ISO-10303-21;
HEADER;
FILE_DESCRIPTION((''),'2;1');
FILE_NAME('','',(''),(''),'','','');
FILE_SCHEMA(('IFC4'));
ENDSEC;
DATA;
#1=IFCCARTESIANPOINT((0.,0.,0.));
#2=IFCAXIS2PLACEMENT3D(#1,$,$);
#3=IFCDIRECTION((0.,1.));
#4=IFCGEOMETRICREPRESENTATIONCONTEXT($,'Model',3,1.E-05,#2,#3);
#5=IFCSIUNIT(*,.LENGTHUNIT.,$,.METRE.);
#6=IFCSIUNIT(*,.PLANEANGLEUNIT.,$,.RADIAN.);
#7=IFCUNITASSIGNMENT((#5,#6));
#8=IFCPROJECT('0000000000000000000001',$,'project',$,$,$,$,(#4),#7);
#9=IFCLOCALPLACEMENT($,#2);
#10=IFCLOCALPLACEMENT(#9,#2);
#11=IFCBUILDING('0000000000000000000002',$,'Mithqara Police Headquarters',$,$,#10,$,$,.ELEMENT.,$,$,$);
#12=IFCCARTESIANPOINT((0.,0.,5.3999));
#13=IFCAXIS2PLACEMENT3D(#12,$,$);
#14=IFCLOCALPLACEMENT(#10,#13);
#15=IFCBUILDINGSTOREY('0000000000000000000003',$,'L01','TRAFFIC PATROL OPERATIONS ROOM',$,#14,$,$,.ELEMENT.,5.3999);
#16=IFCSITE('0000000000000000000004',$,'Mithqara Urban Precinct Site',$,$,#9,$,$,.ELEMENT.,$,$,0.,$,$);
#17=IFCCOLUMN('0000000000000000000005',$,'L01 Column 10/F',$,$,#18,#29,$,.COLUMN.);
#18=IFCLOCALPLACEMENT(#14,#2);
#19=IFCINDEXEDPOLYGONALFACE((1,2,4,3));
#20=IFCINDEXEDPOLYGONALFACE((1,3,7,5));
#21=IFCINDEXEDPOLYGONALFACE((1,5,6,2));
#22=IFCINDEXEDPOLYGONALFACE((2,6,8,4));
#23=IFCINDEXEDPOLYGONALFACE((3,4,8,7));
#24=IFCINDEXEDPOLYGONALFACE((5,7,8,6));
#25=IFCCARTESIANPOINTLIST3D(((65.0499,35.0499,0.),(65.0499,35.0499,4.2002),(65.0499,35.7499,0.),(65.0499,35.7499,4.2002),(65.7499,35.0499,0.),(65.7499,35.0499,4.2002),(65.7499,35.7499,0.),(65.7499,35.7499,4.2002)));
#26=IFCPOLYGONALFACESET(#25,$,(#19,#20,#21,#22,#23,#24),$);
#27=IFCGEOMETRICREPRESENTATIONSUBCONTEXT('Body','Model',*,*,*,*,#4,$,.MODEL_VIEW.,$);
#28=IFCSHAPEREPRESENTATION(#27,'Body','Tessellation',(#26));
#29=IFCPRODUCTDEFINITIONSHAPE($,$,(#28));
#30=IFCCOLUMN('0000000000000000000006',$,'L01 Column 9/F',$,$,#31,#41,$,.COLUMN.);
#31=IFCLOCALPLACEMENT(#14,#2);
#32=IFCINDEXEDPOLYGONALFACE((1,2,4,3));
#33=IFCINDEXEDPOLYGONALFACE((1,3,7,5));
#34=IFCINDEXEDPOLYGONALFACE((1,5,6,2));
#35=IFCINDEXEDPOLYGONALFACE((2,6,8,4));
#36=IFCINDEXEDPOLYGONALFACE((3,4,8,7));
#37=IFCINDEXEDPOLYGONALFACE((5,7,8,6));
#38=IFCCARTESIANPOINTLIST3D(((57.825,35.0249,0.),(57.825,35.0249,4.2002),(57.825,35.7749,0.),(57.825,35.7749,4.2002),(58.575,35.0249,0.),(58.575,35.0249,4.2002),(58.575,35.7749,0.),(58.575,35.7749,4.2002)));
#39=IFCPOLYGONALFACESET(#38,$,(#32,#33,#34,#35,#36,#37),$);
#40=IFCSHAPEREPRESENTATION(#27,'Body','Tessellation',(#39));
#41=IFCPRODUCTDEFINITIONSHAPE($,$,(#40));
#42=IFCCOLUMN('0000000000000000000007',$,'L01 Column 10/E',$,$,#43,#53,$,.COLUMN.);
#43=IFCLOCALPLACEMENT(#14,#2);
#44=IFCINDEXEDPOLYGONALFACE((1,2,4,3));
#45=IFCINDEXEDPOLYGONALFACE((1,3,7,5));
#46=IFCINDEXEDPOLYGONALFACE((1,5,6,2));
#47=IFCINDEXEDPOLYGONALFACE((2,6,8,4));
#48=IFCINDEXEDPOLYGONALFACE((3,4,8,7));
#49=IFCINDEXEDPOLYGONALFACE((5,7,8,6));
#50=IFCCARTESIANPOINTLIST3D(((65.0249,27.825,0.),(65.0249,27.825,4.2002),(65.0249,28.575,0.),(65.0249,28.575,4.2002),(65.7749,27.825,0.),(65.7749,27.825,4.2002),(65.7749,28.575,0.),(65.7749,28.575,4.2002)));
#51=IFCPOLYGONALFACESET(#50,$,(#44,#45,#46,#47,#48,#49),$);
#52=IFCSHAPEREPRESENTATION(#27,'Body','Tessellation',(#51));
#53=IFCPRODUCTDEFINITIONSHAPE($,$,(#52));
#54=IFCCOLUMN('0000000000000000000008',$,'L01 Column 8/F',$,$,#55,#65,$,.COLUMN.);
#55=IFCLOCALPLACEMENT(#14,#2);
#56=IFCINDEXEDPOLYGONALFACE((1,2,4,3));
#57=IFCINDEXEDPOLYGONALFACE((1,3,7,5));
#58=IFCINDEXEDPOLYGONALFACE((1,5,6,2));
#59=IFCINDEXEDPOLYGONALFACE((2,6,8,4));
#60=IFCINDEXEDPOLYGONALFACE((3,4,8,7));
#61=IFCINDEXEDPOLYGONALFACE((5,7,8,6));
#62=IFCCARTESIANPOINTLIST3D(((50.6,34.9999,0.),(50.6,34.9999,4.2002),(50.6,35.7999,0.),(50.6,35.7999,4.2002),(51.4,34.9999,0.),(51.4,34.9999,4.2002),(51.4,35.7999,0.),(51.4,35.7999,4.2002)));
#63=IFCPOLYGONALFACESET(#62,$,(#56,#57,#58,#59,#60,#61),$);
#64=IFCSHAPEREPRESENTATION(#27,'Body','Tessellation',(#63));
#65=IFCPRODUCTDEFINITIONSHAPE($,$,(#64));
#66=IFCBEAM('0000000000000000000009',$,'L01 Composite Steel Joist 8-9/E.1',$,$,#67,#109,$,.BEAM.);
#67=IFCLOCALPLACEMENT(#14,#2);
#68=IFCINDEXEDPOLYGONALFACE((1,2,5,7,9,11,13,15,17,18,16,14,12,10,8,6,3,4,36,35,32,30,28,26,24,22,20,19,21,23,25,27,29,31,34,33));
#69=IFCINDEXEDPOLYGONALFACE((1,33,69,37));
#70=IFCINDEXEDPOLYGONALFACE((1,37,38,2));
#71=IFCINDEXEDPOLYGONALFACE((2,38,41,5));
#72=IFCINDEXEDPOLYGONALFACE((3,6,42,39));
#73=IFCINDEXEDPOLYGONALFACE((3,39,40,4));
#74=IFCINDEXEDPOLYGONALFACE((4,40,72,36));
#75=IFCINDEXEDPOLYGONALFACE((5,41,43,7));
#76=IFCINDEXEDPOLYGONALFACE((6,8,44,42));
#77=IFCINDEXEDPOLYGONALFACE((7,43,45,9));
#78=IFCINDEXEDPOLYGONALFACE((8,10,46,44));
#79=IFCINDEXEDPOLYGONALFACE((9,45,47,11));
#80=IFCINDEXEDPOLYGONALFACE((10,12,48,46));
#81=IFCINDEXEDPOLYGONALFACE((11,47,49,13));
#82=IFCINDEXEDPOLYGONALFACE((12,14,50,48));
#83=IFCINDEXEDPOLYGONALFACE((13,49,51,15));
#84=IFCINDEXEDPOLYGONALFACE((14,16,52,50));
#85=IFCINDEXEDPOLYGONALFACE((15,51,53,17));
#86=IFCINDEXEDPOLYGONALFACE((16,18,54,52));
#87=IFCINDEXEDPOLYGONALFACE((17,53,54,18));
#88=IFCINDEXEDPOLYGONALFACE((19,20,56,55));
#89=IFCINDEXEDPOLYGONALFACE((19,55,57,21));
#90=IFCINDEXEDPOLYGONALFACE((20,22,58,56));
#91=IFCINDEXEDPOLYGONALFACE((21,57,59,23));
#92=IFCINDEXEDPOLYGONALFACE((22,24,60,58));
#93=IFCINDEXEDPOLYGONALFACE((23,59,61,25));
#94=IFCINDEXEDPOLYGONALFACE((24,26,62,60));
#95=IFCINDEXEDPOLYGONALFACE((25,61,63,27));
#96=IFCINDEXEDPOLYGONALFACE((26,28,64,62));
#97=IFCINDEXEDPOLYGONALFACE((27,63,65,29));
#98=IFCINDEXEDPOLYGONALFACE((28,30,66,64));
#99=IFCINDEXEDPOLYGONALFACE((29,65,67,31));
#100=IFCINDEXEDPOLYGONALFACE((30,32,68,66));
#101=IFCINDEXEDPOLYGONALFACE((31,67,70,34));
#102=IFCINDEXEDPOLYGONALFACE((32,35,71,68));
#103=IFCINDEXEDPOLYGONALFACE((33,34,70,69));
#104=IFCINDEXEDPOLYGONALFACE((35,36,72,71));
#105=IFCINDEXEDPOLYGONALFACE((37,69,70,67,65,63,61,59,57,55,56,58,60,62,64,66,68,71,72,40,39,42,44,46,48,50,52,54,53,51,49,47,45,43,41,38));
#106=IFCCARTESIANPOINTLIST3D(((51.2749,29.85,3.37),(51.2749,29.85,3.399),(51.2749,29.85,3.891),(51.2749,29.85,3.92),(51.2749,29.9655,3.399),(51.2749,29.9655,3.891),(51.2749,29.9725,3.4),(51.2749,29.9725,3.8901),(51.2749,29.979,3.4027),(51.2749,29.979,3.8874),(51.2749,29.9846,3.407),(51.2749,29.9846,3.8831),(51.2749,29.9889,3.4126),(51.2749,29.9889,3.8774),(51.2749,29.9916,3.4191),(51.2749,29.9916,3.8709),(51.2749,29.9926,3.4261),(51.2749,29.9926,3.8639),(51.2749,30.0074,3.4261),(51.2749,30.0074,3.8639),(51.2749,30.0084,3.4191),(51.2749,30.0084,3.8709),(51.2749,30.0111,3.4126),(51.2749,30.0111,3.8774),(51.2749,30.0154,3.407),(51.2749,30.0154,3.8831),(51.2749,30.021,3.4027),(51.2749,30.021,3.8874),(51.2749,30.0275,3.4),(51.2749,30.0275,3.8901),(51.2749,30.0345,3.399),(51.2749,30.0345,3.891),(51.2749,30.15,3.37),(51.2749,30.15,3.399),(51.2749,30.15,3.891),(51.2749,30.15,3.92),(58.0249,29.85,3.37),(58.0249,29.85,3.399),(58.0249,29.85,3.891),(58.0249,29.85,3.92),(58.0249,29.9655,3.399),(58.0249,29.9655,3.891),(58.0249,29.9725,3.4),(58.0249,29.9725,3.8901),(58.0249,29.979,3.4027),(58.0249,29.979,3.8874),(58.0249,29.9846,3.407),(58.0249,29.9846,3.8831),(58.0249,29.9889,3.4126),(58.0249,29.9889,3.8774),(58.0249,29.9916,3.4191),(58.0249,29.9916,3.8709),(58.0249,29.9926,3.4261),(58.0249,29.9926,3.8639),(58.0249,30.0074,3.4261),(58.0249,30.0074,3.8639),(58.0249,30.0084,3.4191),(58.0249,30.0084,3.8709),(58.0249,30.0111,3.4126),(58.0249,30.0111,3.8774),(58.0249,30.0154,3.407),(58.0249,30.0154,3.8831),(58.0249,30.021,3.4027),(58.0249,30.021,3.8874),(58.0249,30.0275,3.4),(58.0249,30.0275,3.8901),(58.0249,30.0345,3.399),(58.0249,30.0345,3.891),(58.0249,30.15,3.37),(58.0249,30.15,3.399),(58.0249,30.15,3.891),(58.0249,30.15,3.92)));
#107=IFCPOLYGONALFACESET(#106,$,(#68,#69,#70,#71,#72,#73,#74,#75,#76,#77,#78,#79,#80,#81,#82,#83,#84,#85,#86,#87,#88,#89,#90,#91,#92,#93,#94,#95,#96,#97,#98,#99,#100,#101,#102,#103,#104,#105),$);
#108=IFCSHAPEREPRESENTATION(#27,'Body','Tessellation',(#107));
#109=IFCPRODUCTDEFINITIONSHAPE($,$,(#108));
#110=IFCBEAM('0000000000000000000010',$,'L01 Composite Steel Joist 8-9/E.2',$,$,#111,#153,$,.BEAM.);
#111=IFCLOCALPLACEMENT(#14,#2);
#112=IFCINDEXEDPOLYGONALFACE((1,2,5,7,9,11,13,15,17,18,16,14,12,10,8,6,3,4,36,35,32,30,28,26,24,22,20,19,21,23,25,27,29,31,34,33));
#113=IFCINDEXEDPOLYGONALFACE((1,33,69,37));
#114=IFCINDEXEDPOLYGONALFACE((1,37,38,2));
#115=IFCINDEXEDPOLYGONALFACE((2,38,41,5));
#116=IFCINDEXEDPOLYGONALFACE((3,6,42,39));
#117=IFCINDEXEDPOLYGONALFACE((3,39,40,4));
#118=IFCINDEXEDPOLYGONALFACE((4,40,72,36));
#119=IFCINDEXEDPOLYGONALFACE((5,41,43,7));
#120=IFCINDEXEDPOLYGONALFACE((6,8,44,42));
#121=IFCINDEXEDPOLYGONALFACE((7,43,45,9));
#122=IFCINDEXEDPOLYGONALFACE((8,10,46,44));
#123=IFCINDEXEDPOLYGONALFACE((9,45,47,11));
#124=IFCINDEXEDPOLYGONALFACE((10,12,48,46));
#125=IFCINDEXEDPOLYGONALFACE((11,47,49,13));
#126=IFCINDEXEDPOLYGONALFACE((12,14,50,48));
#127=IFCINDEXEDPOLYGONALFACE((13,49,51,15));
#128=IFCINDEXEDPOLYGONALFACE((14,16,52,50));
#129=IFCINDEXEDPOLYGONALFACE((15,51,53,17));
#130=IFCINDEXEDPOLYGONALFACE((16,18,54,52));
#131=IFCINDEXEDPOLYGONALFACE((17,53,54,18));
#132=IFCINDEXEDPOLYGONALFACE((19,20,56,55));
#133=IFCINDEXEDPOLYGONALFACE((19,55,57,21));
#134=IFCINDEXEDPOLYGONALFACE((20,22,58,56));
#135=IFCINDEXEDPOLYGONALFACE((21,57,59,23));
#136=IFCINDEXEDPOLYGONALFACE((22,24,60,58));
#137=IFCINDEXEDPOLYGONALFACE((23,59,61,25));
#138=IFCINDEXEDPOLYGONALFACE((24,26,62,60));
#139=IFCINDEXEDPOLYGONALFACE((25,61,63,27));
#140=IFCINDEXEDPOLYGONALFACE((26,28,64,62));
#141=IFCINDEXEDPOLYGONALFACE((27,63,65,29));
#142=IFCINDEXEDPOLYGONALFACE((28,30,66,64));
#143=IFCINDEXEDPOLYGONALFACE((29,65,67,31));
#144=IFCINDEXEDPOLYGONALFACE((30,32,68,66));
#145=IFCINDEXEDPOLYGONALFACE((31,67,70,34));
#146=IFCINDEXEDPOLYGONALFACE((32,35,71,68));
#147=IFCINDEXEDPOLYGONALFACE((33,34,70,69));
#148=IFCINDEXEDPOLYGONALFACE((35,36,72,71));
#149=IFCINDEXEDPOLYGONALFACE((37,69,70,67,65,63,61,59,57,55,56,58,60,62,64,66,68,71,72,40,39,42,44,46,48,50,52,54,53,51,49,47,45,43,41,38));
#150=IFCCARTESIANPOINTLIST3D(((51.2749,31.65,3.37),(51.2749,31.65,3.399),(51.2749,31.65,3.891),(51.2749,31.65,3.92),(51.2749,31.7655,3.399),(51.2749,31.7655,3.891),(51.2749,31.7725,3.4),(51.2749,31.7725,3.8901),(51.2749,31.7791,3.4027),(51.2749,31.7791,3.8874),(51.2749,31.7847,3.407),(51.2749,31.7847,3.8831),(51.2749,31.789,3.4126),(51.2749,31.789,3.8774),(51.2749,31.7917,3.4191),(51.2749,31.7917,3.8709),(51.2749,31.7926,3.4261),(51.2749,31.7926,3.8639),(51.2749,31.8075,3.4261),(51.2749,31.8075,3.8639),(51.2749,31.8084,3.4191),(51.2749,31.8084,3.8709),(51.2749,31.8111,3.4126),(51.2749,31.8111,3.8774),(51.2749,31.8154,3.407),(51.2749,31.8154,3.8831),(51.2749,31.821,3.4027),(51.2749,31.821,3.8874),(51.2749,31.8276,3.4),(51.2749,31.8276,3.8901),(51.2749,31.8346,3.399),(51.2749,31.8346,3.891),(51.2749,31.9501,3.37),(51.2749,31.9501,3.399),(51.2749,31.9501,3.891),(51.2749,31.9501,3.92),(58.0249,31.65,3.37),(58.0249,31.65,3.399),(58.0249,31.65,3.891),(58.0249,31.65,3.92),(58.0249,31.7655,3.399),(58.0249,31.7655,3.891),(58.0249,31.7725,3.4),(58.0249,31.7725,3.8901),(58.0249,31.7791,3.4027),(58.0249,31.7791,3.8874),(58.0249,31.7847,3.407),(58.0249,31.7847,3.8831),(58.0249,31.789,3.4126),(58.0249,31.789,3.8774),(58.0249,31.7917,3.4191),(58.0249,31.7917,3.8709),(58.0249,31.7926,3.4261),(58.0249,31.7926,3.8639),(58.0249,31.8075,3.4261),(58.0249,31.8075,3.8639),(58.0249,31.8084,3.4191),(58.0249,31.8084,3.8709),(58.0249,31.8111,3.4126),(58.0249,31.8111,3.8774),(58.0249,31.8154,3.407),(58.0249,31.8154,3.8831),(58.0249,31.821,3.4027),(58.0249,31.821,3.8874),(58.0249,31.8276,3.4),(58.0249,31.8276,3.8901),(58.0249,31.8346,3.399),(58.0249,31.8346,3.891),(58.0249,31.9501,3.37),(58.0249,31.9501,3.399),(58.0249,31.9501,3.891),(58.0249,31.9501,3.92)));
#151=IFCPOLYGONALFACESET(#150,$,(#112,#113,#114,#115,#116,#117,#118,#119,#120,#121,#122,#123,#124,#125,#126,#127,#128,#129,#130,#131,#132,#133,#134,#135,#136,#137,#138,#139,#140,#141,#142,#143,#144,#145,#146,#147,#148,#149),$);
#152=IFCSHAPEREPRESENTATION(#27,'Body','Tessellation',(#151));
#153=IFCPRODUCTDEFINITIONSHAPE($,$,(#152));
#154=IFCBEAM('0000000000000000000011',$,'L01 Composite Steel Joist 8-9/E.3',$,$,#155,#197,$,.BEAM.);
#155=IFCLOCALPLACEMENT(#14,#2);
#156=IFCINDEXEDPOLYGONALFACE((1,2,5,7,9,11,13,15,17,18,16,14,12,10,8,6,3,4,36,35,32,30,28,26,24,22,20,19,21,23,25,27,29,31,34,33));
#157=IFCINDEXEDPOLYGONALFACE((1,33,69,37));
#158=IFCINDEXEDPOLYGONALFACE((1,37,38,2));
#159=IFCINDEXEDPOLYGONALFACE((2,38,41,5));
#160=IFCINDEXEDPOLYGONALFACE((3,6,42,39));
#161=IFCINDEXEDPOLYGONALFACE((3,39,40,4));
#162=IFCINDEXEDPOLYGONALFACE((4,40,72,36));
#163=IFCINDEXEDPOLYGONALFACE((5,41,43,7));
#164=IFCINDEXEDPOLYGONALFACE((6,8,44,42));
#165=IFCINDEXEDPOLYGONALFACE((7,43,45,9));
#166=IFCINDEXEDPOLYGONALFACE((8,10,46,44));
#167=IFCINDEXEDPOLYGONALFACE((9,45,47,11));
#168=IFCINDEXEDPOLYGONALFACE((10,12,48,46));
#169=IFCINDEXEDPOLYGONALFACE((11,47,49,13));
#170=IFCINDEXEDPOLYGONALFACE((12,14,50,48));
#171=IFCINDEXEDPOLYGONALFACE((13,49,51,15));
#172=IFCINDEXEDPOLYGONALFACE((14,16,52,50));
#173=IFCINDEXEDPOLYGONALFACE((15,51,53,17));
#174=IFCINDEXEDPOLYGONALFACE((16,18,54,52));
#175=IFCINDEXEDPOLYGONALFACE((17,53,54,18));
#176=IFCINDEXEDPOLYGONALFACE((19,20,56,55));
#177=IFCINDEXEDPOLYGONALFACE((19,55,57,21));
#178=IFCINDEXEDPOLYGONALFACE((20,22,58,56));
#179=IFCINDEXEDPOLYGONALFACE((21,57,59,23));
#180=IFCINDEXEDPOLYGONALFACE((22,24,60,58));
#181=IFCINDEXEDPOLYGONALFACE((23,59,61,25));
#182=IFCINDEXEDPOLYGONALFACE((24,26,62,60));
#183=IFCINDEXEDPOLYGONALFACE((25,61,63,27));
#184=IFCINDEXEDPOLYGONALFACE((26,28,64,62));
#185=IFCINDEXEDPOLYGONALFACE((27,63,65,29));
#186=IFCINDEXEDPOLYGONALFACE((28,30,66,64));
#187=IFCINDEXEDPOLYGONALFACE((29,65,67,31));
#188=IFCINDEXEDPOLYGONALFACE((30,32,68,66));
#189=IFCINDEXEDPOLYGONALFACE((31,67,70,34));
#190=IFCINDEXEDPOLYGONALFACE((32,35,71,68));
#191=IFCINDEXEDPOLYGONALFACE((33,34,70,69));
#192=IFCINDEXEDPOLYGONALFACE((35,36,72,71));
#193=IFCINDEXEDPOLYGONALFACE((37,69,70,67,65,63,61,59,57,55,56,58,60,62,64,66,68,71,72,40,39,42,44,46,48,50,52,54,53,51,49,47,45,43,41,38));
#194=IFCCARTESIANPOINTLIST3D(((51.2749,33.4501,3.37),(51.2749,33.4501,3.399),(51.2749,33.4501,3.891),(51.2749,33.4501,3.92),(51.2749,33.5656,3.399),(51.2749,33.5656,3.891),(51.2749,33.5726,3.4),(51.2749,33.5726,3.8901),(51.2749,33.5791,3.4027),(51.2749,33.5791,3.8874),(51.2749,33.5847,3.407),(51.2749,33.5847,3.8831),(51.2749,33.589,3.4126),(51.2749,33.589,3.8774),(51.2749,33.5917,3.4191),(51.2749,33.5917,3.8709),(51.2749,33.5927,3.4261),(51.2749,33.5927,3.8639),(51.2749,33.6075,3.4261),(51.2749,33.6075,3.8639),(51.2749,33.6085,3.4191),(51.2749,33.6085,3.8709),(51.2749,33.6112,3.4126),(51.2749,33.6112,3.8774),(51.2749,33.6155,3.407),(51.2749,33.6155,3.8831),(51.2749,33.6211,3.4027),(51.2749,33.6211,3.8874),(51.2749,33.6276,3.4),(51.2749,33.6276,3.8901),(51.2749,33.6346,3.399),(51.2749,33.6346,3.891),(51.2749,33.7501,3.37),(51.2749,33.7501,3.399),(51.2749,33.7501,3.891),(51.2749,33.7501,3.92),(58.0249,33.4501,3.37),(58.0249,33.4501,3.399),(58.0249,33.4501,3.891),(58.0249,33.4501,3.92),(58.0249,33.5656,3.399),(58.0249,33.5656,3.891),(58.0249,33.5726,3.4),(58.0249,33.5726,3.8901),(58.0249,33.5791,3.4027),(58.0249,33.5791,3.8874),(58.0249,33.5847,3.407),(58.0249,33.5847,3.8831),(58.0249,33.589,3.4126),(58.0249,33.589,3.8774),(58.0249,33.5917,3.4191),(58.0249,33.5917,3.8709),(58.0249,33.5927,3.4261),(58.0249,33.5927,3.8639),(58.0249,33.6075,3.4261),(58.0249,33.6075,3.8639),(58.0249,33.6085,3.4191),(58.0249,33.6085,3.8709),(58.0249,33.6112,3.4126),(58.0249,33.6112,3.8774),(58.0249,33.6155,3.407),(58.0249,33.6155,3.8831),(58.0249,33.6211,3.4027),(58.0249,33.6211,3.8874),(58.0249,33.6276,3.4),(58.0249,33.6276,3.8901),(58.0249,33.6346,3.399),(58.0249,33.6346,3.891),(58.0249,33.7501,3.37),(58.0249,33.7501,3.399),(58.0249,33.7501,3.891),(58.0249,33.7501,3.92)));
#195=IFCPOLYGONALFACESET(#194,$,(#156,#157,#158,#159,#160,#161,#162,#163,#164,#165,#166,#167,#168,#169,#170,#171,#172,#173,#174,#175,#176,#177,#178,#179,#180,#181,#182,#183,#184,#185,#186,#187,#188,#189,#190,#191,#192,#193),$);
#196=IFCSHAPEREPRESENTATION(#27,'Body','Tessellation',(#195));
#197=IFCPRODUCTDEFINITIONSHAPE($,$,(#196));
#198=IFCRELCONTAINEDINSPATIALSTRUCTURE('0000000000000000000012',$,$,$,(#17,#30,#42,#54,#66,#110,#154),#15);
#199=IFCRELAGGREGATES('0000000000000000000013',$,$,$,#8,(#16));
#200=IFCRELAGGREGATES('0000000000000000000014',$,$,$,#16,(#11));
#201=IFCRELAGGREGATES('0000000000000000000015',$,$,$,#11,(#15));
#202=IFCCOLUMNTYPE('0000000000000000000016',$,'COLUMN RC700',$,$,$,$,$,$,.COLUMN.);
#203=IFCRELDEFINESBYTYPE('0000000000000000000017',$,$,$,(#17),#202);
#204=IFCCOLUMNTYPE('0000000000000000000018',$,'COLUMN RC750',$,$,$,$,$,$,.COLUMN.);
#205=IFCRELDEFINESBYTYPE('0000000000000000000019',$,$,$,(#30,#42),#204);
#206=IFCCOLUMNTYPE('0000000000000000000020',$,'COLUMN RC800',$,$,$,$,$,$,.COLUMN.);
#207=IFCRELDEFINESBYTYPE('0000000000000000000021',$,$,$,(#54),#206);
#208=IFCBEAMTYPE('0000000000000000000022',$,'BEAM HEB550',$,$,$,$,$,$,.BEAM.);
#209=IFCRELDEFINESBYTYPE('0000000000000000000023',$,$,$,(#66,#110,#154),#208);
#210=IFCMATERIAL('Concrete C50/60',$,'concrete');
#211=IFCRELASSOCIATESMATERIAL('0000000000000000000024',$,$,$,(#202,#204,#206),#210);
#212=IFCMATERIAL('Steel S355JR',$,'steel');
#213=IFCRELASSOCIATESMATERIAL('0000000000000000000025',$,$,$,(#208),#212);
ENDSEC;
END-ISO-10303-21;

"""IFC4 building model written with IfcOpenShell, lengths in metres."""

from ifc_helpers import new_model, si_unit, direction, frame, origin, origin_2d, place, context, subcontext, project, spatial, rectangle, i_section, extrude, material, material_profile, profile_set, type_object, element, save


model = new_model("IFC4")

# Units and contexts
model_context = context("Model", 3, precision=1e-05, world=origin(), true_north=direction((0.0, 1.0)))
body_context = subcontext(model_context, "Body", "Model", "MODEL_VIEW")
ifc_project = project(units=[si_unit("LENGTHUNIT", "METRE"), si_unit("PLANEANGLEUNIT", "RADIAN")], contexts=[model_context])

# Site, building, storey
site_placement = place(None, origin())
site = spatial("IfcSite", under=ifc_project, at=site_placement, Name="Mithqara Urban Precinct Site", CompositionType="ELEMENT", RefElevation=0.0)
building_placement = place(site_placement, origin())
building = spatial("IfcBuilding", under=site, at=building_placement, Name="Mithqara Police Headquarters", CompositionType="ELEMENT")
storey_placement = place(building_placement, frame((0.0, 0.0, 5.3999)))
storey = spatial("IfcBuildingStorey", under=building, at=storey_placement, Name="L01", Description="TRAFFIC PATROL OPERATIONS ROOM", CompositionType="ELEMENT", Elevation=5.3999)

# Columns
ifc_material_1 = material(Name="Concrete C50/60", Category="concrete")
ifc_material_profile_1 = material_profile(ifc_material_1, rectangle(XDim=0.7, YDim=0.7, at=origin_2d()), Name="RC 700x700")
ifc_profile_set_1 = profile_set([ifc_material_profile_1], Name="Concrete C50/60")
column_type_1 = type_object("IfcColumnType", Name="COLUMN RC700", PredefinedType="COLUMN", material=ifc_profile_set_1)
column_1_placement = place(storey_placement, frame((65.3999, 35.3999, 0.0), z_axis=(0.0, 0.0, 1.0), x_axis=(1.0, 0.0, 0.0)))
element("IfcColumn", 1, at=column_1_placement, inside=storey, type_object=column_type_1, Name="L01 Column 10/F", PredefinedType="COLUMN", context=body_context, shape_type="SweptSolid", body=[
    extrude(rectangle(XDim=0.7, YDim=0.7, at=origin_2d()), origin(), (0.0, 0.0, 1.0), 4.2002),
])
ifc_material_profile_2 = material_profile(ifc_material_1, rectangle(XDim=0.75, YDim=0.75, at=origin_2d()), Name="RC 750x750")
ifc_profile_set_2 = profile_set([ifc_material_profile_2], Name="Concrete C50/60")
column_type_2 = type_object("IfcColumnType", Name="COLUMN RC750", PredefinedType="COLUMN", material=ifc_profile_set_2)
for number, where, z_axis, x_axis, name in (
    (2, (58.2, 35.3999, 0.0), (0.0, 0.0, 1.0), (1.0, 0.0, 0.0), "L01 Column 9/F"),
    (3, (65.3999, 28.2, 0.0), (0.0, 0.0, 1.0), (1.0, 0.0, 0.0), "L01 Column 10/E"),
):
    element("IfcColumn", number, at=place(storey_placement, frame(where, z_axis=z_axis, x_axis=x_axis)), inside=storey, type_object=column_type_2, Name=name, PredefinedType="COLUMN", context=body_context, shape_type="SweptSolid", body=[
        extrude(rectangle(XDim=0.75, YDim=0.75, at=origin_2d()), origin(), (0.0, 0.0, 1.0), 4.2002),
    ])
ifc_material_profile_3 = material_profile(ifc_material_1, rectangle(XDim=0.8, YDim=0.8, at=origin_2d()), Name="RC 800x800")
ifc_profile_set_3 = profile_set([ifc_material_profile_3], Name="Concrete C50/60")
column_type_3 = type_object("IfcColumnType", Name="COLUMN RC800", PredefinedType="COLUMN", material=ifc_profile_set_3)
column_2_placement = place(storey_placement, frame((51.0, 35.3999, 0.0), z_axis=(0.0, 0.0, 1.0), x_axis=(1.0, 0.0, 0.0)))
element("IfcColumn", 4, at=column_2_placement, inside=storey, type_object=column_type_3, Name="L01 Column 8/F", PredefinedType="COLUMN", context=body_context, shape_type="SweptSolid", body=[
    extrude(rectangle(XDim=0.8, YDim=0.8, at=origin_2d()), origin(), (0.0, 0.0, 1.0), 4.2002),
])

# Beams
ifc_material_2 = material(Name="Steel S355JR", Category="steel")
ifc_material_profile_4 = material_profile(ifc_material_2, i_section(OverallWidth=0.3, OverallDepth=0.55, WebThickness=0.0149, FlangeThickness=0.0291, FilletRadius=0.0271, at=origin_2d()), Name="HEB 550")
ifc_profile_set_4 = profile_set([ifc_material_profile_4], Name="Steel S355JR")
beam_type_1 = type_object("IfcBeamType", Name="BEAM HEB550", PredefinedType="BEAM", material=ifc_profile_set_4)
for number, where, z_axis, x_axis, name in (
    (5, (51.2749, 30.0, 3.645), (1.0, 0.0, 0.0), (0.0, 1.0, 0.0), "L01 Composite Steel Joist 8-9/E.1"),
    (6, (51.2749, 31.8, 3.645), (1.0, 0.0, 0.0), (0.0, 1.0, 0.0), "L01 Composite Steel Joist 8-9/E.2"),
    (7, (51.2749, 33.6001, 3.645), (1.0, 0.0, 0.0), (0.0, 1.0, 0.0), "L01 Composite Steel Joist 8-9/E.3"),
):
    element("IfcBeam", number, at=place(storey_placement, frame(where, z_axis=z_axis, x_axis=x_axis)), inside=storey, type_object=beam_type_1, Name=name, PredefinedType="BEAM", context=body_context, shape_type="SweptSolid", body=[
        extrude(i_section(OverallWidth=0.3, OverallDepth=0.55, WebThickness=0.0149, FlangeThickness=0.0291, FilletRadius=0.0271, at=origin_2d()), origin(), (0.0, 0.0, 1.0), 6.75),
    ])

save(model, "model.ifc")
